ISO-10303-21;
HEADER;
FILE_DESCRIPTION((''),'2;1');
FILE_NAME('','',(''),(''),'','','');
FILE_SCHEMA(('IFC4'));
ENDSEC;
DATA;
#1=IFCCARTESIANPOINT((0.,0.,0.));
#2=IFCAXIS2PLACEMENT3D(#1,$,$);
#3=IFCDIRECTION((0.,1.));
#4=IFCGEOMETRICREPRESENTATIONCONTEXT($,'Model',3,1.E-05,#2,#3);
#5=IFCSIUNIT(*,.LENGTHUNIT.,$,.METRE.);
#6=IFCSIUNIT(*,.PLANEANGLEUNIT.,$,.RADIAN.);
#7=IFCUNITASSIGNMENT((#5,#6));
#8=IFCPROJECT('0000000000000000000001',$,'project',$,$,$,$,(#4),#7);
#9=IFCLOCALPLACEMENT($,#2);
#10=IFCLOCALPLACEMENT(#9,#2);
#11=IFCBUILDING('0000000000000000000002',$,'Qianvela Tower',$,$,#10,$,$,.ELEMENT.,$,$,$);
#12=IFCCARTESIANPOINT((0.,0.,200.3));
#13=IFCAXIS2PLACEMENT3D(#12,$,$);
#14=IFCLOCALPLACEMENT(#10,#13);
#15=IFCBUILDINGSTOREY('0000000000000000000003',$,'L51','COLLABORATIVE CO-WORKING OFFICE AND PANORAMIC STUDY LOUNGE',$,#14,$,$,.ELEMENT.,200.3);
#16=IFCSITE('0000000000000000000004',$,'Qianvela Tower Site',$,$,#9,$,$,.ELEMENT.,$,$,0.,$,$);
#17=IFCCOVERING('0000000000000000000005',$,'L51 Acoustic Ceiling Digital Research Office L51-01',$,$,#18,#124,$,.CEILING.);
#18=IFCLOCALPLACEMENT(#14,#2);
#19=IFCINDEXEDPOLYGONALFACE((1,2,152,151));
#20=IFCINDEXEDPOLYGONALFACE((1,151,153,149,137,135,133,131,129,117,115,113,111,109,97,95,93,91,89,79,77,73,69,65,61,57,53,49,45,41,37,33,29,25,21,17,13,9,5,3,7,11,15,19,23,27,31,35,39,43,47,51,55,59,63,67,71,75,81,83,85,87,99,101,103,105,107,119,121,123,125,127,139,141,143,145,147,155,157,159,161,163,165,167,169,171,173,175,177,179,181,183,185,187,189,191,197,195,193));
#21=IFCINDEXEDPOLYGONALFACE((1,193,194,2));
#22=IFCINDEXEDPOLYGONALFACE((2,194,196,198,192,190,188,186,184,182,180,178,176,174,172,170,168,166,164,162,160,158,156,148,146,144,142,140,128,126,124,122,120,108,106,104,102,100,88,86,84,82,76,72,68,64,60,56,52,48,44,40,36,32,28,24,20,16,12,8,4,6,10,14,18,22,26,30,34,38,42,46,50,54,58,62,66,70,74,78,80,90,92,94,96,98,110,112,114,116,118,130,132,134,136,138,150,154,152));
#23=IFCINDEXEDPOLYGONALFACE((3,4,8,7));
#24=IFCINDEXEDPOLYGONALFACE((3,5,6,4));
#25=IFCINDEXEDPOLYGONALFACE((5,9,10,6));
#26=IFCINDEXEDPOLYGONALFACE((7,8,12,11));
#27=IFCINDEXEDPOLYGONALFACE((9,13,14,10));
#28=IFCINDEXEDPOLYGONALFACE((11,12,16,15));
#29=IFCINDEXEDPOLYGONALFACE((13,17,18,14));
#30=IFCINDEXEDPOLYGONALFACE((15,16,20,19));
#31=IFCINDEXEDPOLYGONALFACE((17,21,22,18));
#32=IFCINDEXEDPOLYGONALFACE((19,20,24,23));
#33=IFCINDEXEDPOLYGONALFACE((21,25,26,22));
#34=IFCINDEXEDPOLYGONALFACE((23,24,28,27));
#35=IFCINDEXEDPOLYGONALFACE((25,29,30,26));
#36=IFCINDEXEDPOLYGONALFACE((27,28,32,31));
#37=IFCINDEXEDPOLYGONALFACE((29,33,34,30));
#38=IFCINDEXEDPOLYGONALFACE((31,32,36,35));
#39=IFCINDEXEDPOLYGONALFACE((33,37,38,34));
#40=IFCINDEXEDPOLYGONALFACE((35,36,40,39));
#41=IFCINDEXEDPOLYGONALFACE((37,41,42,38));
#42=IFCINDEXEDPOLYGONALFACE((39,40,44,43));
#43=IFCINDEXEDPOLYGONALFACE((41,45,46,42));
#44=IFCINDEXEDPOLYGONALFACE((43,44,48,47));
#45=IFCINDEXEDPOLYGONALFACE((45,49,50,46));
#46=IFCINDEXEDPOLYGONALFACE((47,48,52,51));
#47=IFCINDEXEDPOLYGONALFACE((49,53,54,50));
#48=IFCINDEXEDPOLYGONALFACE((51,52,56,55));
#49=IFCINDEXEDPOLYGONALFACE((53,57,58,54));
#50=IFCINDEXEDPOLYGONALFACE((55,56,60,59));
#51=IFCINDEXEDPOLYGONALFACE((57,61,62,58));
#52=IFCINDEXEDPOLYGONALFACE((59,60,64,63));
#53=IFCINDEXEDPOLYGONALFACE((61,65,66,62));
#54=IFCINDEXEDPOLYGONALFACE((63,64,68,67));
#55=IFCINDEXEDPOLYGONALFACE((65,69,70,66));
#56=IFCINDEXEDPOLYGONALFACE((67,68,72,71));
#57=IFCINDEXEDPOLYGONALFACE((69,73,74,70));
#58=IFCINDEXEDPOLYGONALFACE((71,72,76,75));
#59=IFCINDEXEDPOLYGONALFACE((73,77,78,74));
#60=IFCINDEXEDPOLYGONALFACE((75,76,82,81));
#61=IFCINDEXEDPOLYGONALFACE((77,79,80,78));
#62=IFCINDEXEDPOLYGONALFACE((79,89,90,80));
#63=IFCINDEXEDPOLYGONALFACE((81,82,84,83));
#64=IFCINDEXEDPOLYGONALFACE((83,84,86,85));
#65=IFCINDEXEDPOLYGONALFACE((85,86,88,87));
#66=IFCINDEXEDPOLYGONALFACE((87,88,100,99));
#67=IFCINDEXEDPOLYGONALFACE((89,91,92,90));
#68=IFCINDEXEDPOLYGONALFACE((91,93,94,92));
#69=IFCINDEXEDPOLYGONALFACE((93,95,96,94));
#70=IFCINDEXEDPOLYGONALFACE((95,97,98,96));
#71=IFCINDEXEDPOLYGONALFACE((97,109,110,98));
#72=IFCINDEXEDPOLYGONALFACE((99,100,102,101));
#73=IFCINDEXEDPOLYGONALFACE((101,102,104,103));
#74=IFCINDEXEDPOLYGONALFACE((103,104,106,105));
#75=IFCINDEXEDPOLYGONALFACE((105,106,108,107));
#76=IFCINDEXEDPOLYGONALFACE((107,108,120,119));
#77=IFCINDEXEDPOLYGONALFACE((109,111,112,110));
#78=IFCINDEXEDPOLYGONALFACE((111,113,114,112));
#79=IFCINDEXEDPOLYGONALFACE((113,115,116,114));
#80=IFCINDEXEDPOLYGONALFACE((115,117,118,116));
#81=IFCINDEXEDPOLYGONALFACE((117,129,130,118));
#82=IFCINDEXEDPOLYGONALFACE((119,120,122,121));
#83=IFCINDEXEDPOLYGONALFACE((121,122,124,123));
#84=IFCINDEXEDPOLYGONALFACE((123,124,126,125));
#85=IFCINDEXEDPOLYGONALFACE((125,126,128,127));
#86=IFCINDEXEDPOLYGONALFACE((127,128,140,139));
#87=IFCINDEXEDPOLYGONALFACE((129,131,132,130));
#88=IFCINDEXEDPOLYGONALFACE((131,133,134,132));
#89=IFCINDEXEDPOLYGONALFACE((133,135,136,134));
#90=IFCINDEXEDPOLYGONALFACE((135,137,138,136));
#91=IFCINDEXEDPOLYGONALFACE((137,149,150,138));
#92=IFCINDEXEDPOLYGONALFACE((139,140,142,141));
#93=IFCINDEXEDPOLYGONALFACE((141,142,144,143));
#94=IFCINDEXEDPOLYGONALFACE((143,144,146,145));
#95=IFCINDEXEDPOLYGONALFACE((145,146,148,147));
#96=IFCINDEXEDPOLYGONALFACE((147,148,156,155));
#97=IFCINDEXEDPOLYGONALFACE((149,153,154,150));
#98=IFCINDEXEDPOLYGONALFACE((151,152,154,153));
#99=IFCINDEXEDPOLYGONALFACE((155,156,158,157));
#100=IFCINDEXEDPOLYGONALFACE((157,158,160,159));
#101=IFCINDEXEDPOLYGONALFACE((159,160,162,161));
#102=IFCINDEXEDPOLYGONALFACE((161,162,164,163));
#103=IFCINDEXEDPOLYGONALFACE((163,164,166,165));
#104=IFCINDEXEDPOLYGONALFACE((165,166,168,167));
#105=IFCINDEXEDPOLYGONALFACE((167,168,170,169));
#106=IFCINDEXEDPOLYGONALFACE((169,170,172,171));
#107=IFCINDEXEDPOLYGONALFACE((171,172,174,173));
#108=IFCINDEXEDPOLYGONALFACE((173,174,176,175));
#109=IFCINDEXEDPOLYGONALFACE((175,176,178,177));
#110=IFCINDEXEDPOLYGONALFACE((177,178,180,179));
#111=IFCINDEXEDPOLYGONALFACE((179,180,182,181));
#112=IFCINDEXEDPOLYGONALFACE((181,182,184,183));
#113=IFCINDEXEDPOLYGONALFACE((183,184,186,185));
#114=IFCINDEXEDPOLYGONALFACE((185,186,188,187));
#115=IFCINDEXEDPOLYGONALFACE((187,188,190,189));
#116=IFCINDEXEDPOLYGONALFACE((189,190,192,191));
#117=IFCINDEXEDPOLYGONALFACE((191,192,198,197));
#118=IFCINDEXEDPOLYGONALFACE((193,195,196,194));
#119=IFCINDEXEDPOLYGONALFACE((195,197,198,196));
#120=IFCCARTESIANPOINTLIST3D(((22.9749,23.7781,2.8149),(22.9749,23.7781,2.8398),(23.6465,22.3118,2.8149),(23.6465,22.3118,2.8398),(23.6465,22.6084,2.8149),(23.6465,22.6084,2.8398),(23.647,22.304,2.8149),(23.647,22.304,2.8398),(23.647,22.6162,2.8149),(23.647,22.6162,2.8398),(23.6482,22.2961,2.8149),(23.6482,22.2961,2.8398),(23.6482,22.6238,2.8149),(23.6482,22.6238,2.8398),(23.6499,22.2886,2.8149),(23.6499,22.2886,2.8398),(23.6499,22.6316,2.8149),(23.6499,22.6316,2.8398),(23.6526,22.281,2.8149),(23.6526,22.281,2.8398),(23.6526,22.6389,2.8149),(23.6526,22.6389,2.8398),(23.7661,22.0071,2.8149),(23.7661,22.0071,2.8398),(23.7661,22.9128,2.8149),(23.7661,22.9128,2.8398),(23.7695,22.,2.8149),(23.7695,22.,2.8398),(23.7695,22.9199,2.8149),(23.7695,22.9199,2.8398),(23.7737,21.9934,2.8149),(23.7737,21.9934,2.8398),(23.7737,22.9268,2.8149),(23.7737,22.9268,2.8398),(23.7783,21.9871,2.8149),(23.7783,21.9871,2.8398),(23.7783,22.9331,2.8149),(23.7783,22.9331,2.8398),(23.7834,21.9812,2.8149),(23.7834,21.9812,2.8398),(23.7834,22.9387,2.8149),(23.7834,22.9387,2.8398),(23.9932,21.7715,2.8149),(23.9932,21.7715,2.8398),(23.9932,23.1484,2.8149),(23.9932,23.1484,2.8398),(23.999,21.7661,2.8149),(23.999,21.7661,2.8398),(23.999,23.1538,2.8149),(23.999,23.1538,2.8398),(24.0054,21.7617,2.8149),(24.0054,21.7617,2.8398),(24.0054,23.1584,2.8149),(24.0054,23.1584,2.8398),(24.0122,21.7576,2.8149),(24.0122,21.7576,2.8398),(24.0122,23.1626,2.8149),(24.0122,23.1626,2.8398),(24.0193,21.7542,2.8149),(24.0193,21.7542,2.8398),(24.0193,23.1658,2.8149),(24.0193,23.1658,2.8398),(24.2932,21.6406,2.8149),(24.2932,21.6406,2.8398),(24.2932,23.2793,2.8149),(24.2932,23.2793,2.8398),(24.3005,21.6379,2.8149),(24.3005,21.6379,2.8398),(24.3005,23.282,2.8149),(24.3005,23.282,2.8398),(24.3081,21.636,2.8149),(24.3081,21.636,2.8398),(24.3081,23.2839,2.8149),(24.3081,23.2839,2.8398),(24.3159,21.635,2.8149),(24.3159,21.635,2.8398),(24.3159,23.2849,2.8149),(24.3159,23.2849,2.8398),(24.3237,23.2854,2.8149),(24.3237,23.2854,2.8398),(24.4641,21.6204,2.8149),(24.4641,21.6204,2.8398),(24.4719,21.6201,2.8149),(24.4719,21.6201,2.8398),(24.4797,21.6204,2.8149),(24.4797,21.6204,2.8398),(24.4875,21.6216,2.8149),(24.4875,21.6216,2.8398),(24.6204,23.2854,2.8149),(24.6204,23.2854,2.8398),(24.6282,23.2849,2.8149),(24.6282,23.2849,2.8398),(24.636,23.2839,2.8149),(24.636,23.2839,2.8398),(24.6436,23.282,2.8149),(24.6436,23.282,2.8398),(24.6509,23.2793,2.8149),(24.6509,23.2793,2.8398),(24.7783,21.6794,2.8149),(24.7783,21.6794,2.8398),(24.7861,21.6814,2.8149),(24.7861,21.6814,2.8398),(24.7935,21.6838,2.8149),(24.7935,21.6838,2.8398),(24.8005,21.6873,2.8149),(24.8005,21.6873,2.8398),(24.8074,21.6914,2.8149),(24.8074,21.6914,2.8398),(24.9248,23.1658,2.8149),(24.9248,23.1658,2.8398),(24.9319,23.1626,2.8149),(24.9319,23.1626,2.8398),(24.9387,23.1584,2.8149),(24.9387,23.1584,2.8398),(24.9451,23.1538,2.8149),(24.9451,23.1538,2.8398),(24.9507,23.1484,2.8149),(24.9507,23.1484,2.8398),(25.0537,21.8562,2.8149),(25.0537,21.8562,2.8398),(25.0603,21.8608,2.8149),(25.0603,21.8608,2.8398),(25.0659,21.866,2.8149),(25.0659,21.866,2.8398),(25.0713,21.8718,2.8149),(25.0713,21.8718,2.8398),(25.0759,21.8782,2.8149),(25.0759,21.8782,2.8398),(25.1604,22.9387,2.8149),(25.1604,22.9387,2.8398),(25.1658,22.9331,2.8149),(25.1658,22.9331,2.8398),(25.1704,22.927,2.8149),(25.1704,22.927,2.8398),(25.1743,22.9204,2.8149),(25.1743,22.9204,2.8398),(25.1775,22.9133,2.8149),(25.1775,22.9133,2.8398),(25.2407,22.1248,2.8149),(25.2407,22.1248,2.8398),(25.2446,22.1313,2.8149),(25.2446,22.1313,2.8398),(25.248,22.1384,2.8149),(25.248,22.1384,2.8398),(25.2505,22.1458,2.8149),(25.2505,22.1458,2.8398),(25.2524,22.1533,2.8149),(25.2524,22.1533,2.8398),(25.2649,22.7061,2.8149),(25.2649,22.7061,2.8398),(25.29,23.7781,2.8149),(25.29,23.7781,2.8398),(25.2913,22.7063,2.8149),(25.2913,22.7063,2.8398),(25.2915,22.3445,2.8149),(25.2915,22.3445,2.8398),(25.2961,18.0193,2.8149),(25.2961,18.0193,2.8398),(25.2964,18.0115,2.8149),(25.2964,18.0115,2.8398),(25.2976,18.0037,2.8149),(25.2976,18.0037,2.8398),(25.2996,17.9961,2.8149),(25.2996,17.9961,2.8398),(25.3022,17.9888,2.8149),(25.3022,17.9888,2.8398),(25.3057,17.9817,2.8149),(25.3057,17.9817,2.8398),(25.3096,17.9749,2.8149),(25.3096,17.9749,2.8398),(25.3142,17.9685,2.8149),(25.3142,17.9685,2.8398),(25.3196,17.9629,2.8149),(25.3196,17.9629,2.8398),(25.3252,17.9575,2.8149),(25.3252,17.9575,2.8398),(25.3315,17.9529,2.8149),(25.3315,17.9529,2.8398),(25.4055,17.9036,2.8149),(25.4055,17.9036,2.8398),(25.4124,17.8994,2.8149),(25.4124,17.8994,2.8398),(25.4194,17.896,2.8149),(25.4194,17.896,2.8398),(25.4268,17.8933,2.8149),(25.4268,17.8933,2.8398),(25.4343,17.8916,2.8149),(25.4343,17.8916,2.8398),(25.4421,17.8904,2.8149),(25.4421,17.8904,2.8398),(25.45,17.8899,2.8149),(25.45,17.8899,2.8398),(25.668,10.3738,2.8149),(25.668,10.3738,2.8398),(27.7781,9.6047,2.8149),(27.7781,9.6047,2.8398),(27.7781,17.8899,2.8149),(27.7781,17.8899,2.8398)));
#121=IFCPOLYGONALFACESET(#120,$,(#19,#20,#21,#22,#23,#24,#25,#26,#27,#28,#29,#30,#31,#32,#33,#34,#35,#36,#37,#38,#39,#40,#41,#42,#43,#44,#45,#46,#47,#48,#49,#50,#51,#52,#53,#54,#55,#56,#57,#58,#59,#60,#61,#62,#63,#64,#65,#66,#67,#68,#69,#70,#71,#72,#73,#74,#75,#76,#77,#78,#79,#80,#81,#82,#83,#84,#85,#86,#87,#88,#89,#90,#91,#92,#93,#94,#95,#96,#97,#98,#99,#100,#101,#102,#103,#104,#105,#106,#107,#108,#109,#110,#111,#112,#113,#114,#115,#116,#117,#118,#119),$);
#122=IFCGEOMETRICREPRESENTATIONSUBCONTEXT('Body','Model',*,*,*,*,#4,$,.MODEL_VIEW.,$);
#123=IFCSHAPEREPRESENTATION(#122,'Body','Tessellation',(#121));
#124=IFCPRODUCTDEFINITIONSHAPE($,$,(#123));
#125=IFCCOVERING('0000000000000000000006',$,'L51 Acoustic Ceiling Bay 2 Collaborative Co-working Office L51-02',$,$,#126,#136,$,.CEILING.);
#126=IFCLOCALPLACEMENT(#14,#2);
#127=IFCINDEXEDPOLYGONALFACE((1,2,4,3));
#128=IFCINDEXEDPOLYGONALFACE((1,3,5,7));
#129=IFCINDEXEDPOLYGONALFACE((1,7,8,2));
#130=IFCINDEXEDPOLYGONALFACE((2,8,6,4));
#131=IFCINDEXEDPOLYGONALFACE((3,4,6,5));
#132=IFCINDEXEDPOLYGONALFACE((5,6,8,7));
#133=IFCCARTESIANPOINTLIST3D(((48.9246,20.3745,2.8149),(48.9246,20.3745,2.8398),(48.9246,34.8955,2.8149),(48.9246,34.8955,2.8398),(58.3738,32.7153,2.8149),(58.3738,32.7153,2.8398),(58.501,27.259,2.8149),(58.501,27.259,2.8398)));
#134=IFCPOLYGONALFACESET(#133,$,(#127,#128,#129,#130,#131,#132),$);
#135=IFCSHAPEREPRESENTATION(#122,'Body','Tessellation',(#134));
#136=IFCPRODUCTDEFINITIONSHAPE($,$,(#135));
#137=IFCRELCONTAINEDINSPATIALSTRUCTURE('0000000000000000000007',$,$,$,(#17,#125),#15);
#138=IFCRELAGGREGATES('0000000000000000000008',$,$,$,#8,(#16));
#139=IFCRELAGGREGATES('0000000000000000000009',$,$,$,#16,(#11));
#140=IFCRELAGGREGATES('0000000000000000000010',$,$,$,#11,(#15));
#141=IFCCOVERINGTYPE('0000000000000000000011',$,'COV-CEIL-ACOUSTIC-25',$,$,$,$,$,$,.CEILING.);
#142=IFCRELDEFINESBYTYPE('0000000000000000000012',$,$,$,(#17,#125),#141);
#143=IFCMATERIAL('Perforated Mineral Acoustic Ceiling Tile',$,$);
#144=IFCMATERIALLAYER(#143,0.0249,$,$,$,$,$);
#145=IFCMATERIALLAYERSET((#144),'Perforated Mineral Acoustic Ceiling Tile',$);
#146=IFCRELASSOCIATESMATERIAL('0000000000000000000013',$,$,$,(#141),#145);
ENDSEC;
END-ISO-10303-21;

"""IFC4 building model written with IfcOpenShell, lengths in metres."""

from ifc_helpers import new_model, si_unit, direction, frame, origin, place, context, subcontext, project, spatial, polyline, outline, extrude, material, layer, layer_set, type_object, element, save


model = new_model("IFC4")

# Units and contexts
model_context = context("Model", 3, precision=1e-05, world=origin(), true_north=direction((0.0, 1.0)))
body_context = subcontext(model_context, "Body", "Model", "MODEL_VIEW")
ifc_project = project(units=[si_unit("LENGTHUNIT", "METRE"), si_unit("PLANEANGLEUNIT", "RADIAN")], contexts=[model_context])

# Site, building, storey
site_placement = place(None, origin())
site = spatial("IfcSite", under=ifc_project, at=site_placement, Name="Qianvela Tower Site", CompositionType="ELEMENT", RefElevation=0.0)
building_placement = place(site_placement, origin())
building = spatial("IfcBuilding", under=site, at=building_placement, Name="Qianvela Tower", CompositionType="ELEMENT")
storey_placement = place(building_placement, frame((0.0, 0.0, 200.3)))
storey = spatial("IfcBuildingStorey", under=building, at=storey_placement, Name="L51", Description="COLLABORATIVE CO-WORKING OFFICE AND PANORAMIC STUDY LOUNGE", CompositionType="ELEMENT", Elevation=200.3)

# Coverings
ifc_material_1 = material(Name="Perforated Mineral Acoustic Ceiling Tile")
ifc_layer_1 = layer(ifc_material_1, 0.0249)
ifc_layer_set_1 = layer_set([ifc_layer_1], Name="Perforated Mineral Acoustic Ceiling Tile")
covering_type_1 = type_object("IfcCoveringType", Name="COV-CEIL-ACOUSTIC-25", PredefinedType="CEILING", material=ifc_layer_set_1)
covering_1_placement = place(storey_placement, frame((0.0, 0.0, 2.8149)))
element("IfcCovering", 1, at=covering_1_placement, inside=storey, type_object=covering_type_1, Name="L51 Acoustic Ceiling Digital Research Office L51-01", PredefinedType="CEILING", context=body_context, shape_type="SweptSolid", body=[
    extrude(outline(polyline([(25.2913, 22.7063), (25.2649, 22.7061), (25.1775, 22.9133), (25.1743, 22.9204), (25.1704, 22.927), (25.1658, 22.9331), (25.1604, 22.9387), (24.9507, 23.1484), (24.9451, 23.1538), (24.9387, 23.1584), (24.9319, 23.1626), (24.9248, 23.1658), (24.6509, 23.2793), (24.6436, 23.282), (24.636, 23.2839), (24.6282, 23.2849), (24.6204, 23.2854), (24.3237, 23.2854), (24.3159, 23.2849), (24.3081, 23.2839), (24.3005, 23.282), (24.2932, 23.2793), (24.0193, 23.1658), (24.0122, 23.1626), (24.0054, 23.1584), (23.999, 23.1538), (23.9932, 23.1484), (23.7834, 22.9387), (23.7783, 22.9331), (23.7737, 22.9268), (23.7695, 22.9199), (23.7661, 22.9128), (23.6526, 22.6389), (23.6499, 22.6316), (23.6482, 22.6238), (23.647, 22.6162), (23.6465, 22.6084), (23.6465, 22.3118), (23.647, 22.304), (23.6482, 22.2961), (23.6499, 22.2886), (23.6526, 22.281), (23.7661, 22.0071), (23.7695, 22.0), (23.7737, 21.9934), (23.7783, 21.9871), (23.7834, 21.9812), (23.9932, 21.7715), (23.999, 21.7661), (24.0054, 21.7617), (24.0122, 21.7576), (24.0193, 21.7542), (24.2932, 21.6406), (24.3005, 21.6379), (24.3081, 21.636), (24.3159, 21.635), (24.4641, 21.6204), (24.4719, 21.6201), (24.4797, 21.6204), (24.4875, 21.6216), (24.7783, 21.6794), (24.7861, 21.6814), (24.7935, 21.6838), (24.8005, 21.6873), (24.8074, 21.6914), (25.0537, 21.8562), (25.0603, 21.8608), (25.0659, 21.866), (25.0713, 21.8718), (25.0759, 21.8782), (25.2407, 22.1248), (25.2446, 22.1313), (25.248, 22.1384), (25.2505, 22.1458), (25.2524, 22.1533), (25.2915, 22.3445), (25.2961, 18.0193), (25.2964, 18.0115), (25.2976, 18.0037), (25.2996, 17.9961), (25.3022, 17.9888), (25.3057, 17.9817), (25.3096, 17.9749), (25.3142, 17.9685), (25.3196, 17.9629), (25.3252, 17.9575), (25.3315, 17.9529), (25.4055, 17.9036), (25.4124, 17.8994), (25.4194, 17.896), (25.4268, 17.8933), (25.4343, 17.8916), (25.4421, 17.8904), (25.45, 17.8899), (27.7781, 17.8899), (27.7781, 9.6047), (25.668, 10.3738), (22.9749, 23.7781), (25.29, 23.7781), (25.2913, 22.7063)])), origin(), (0.0, 0.0, 1.0), 0.0249),
])
covering_2_placement = place(storey_placement, frame((0.0, 0.0, 2.8149)))
element("IfcCovering", 2, at=covering_2_placement, inside=storey, type_object=covering_type_1, Name="L51 Acoustic Ceiling Bay 2 Collaborative Co-working Office L51-02", PredefinedType="CEILING", context=body_context, shape_type="SweptSolid", body=[
    extrude(outline(polyline([(58.3738, 32.7153), (58.501, 27.259), (48.9246, 20.3745), (48.9246, 34.8955), (58.3738, 32.7153)])), origin(), (0.0, 0.0, 1.0), 0.0249),
])

save(model, "model.ifc")
